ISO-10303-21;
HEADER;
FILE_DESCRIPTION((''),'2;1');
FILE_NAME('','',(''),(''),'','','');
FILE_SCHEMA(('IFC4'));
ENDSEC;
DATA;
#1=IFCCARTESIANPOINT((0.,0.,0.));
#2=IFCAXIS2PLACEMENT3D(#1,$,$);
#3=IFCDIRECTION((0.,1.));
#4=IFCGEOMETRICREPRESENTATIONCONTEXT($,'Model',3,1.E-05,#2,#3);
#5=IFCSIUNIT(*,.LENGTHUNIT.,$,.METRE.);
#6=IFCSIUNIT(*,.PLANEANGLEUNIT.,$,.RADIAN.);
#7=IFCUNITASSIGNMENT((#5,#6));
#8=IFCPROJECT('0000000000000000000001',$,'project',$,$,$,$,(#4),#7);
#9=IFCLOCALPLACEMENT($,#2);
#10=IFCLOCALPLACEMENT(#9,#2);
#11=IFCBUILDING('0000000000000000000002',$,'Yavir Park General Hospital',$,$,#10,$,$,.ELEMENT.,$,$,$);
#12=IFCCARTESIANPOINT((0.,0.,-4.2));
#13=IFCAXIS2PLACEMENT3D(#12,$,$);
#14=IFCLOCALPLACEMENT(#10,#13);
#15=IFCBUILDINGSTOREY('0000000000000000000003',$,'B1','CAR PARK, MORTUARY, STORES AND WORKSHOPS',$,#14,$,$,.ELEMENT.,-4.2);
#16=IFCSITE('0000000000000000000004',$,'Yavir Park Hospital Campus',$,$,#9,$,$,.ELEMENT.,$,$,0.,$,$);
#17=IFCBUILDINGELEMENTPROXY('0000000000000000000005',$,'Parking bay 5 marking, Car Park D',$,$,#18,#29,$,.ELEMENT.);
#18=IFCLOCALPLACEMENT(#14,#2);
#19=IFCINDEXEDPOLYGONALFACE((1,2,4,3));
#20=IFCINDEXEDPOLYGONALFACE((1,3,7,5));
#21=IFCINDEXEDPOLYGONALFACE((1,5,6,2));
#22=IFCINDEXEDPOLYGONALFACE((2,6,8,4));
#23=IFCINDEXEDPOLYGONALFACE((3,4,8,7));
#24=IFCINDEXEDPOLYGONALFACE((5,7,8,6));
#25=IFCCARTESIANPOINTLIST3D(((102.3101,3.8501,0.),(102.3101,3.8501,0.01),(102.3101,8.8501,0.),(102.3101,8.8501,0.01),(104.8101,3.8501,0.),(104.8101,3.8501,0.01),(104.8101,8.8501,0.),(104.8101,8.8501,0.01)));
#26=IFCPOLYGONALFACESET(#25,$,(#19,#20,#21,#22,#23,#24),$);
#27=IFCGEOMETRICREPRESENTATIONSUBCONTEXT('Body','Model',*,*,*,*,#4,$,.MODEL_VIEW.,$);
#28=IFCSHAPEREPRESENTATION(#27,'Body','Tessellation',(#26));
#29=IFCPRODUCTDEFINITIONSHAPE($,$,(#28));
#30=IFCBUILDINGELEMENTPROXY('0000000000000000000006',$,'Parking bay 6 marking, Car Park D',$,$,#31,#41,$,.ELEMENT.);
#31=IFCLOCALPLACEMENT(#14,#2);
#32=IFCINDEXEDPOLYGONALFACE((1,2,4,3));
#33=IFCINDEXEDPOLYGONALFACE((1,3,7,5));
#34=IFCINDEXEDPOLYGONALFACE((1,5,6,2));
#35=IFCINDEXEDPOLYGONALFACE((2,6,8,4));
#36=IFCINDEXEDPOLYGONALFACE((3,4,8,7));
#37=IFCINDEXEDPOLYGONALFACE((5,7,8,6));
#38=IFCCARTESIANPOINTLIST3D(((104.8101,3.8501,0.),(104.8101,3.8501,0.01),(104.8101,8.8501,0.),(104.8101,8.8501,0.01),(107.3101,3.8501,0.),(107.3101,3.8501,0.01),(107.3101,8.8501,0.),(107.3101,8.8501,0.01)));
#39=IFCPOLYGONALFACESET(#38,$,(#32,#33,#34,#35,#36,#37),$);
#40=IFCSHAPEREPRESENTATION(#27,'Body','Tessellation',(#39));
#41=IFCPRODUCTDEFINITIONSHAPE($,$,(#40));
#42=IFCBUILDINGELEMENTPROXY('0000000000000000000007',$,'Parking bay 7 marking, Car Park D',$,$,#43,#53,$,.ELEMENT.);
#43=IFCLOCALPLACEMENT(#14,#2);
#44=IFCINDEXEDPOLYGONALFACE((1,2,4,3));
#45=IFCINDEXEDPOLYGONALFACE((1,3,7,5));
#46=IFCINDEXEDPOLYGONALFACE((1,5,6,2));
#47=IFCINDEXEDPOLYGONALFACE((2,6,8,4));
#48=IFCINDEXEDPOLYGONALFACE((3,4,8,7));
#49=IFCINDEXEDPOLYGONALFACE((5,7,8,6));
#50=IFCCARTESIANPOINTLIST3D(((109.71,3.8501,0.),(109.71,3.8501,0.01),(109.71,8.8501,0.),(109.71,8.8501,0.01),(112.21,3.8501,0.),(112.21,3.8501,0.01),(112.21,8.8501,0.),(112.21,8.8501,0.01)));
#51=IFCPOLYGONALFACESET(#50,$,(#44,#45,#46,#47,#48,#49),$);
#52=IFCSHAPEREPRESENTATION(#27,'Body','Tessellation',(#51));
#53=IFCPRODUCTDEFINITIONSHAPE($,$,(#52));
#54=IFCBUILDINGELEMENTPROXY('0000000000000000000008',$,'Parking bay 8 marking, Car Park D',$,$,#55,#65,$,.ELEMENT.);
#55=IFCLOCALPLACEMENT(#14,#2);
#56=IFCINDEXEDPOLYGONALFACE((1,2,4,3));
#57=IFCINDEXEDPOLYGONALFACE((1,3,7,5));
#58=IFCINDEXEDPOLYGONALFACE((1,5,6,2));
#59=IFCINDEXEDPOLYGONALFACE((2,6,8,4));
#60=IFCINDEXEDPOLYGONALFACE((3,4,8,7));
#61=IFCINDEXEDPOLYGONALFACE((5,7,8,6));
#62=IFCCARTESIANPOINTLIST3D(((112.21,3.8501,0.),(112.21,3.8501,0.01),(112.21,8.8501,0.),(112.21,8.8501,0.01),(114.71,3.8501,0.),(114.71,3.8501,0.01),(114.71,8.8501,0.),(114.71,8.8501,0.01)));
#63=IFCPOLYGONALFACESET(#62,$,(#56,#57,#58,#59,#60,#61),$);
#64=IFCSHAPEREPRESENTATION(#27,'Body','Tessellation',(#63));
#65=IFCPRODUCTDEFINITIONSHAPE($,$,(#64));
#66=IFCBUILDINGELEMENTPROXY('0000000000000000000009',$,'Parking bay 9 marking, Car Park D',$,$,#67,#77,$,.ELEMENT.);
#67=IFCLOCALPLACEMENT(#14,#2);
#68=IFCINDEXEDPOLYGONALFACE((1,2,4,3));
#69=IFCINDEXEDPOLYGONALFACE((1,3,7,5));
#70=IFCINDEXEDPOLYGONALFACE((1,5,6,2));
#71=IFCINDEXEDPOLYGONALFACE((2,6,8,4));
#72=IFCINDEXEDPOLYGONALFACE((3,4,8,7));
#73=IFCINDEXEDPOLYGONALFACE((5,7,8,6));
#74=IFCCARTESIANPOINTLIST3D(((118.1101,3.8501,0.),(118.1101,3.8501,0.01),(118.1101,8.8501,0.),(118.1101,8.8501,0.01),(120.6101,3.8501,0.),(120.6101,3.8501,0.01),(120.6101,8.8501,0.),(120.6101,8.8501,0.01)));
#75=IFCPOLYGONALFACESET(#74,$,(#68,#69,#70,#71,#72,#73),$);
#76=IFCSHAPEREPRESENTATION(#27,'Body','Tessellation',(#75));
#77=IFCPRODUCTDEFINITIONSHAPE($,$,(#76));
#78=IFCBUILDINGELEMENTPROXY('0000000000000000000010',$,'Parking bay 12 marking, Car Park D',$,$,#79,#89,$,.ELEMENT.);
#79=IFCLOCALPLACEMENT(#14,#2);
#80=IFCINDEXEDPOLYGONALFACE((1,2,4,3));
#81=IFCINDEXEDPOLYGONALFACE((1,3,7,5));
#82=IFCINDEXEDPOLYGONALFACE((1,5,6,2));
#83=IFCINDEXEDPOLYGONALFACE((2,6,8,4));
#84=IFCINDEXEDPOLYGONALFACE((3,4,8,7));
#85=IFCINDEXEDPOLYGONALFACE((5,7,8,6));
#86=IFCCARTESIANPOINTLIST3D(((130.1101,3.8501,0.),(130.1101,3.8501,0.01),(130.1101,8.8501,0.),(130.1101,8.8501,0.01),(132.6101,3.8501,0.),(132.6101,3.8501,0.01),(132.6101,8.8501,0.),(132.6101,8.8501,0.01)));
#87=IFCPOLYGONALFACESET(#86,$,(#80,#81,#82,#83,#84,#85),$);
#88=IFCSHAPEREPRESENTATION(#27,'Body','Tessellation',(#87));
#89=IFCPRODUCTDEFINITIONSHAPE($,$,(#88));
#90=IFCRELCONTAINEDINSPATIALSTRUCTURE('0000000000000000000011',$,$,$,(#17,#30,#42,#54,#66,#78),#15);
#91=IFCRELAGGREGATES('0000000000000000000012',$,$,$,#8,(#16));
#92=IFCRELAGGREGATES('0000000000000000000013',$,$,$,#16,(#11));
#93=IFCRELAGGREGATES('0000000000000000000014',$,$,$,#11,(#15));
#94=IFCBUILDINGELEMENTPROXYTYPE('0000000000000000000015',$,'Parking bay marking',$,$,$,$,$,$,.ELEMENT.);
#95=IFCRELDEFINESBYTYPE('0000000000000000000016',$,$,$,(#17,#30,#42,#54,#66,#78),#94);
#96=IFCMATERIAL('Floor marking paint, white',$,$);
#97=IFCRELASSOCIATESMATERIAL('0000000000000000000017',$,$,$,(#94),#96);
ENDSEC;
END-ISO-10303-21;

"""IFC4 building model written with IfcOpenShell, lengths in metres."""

from ifc_helpers import new_model, si_unit, direction, frame, origin, place, context, subcontext, project, spatial, polyline, outline, extrude, material, type_object, element, save


model = new_model("IFC4")

# Units and contexts
model_context = context("Model", 3, precision=1e-05, world=origin(), true_north=direction((0.0, 1.0)))
body_context = subcontext(model_context, "Body", "Model", "MODEL_VIEW")
ifc_project = project(units=[si_unit("LENGTHUNIT", "METRE"), si_unit("PLANEANGLEUNIT", "RADIAN")], contexts=[model_context])

# Site, building, storey
site_placement = place(None, origin())
site = spatial("IfcSite", under=ifc_project, at=site_placement, Name="Yavir Park Hospital Campus", CompositionType="ELEMENT", RefElevation=0.0)
building_placement = place(site_placement, origin())
building = spatial("IfcBuilding", under=site, at=building_placement, Name="Yavir Park General Hospital", CompositionType="ELEMENT")
storey_placement = place(building_placement, frame((0.0, 0.0, -4.2)))
storey = spatial("IfcBuildingStorey", under=building, at=storey_placement, Name="B1", Description="CAR PARK, MORTUARY, STORES AND WORKSHOPS", CompositionType="ELEMENT", Elevation=-4.2)

# Building element proxies
ifc_material_1 = material(Name="Floor marking paint, white")
building_element_proxy_type_1 = type_object("IfcBuildingElementProxyType", Name="Parking bay marking", PredefinedType="ELEMENT", material=ifc_material_1)
proxy_1_placement = place(storey_placement, origin())
element("IfcBuildingElementProxy", 1, at=proxy_1_placement, inside=storey, type_object=building_element_proxy_type_1, Name="Parking bay 5 marking, Car Park D", PredefinedType="ELEMENT", context=body_context, shape_type="SweptSolid", body=[
    extrude(outline(polyline([(102.3101, 3.8501), (104.8101, 3.8501), (104.8101, 8.8501), (102.3101, 8.8501), (102.3101, 3.8501)])), origin(), (0.0, 0.0, 1.0), 0.01),
])
proxy_2_placement = place(storey_placement, origin())
element("IfcBuildingElementProxy", 2, at=proxy_2_placement, inside=storey, type_object=building_element_proxy_type_1, Name="Parking bay 6 marking, Car Park D", PredefinedType="ELEMENT", context=body_context, shape_type="SweptSolid", body=[
    extrude(outline(polyline([(104.8101, 3.8501), (107.3101, 3.8501), (107.3101, 8.8501), (104.8101, 8.8501), (104.8101, 3.8501)])), origin(), (0.0, 0.0, 1.0), 0.01),
])
proxy_3_placement = place(storey_placement, origin())
element("IfcBuildingElementProxy", 3, at=proxy_3_placement, inside=storey, type_object=building_element_proxy_type_1, Name="Parking bay 7 marking, Car Park D", PredefinedType="ELEMENT", context=body_context, shape_type="SweptSolid", body=[
    extrude(outline(polyline([(109.71, 3.8501), (112.21, 3.8501), (112.21, 8.8501), (109.71, 8.8501), (109.71, 3.8501)])), origin(), (0.0, 0.0, 1.0), 0.01),
])
proxy_4_placement = place(storey_placement, origin())
element("IfcBuildingElementProxy", 4, at=proxy_4_placement, inside=storey, type_object=building_element_proxy_type_1, Name="Parking bay 8 marking, Car Park D", PredefinedType="ELEMENT", context=body_context, shape_type="SweptSolid", body=[
    extrude(outline(polyline([(112.21, 3.8501), (114.71, 3.8501), (114.71, 8.8501), (112.21, 8.8501), (112.21, 3.8501)])), origin(), (0.0, 0.0, 1.0), 0.01),
])
proxy_5_placement = place(storey_placement, origin())
element("IfcBuildingElementProxy", 5, at=proxy_5_placement, inside=storey, type_object=building_element_proxy_type_1, Name="Parking bay 9 marking, Car Park D", PredefinedType="ELEMENT", context=body_context, shape_type="SweptSolid", body=[
    extrude(outline(polyline([(118.1101, 3.8501), (120.6101, 3.8501), (120.6101, 8.8501), (118.1101, 8.8501), (118.1101, 3.8501)])), origin(), (0.0, 0.0, 1.0), 0.01),
])
proxy_6_placement = place(storey_placement, origin())
element("IfcBuildingElementProxy", 6, at=proxy_6_placement, inside=storey, type_object=building_element_proxy_type_1, Name="Parking bay 12 marking, Car Park D", PredefinedType="ELEMENT", context=body_context, shape_type="SweptSolid", body=[
    extrude(outline(polyline([(130.1101, 3.8501), (132.6101, 3.8501), (132.6101, 8.8501), (130.1101, 8.8501), (130.1101, 3.8501)])), origin(), (0.0, 0.0, 1.0), 0.01),
])

save(model, "model.ifc")
